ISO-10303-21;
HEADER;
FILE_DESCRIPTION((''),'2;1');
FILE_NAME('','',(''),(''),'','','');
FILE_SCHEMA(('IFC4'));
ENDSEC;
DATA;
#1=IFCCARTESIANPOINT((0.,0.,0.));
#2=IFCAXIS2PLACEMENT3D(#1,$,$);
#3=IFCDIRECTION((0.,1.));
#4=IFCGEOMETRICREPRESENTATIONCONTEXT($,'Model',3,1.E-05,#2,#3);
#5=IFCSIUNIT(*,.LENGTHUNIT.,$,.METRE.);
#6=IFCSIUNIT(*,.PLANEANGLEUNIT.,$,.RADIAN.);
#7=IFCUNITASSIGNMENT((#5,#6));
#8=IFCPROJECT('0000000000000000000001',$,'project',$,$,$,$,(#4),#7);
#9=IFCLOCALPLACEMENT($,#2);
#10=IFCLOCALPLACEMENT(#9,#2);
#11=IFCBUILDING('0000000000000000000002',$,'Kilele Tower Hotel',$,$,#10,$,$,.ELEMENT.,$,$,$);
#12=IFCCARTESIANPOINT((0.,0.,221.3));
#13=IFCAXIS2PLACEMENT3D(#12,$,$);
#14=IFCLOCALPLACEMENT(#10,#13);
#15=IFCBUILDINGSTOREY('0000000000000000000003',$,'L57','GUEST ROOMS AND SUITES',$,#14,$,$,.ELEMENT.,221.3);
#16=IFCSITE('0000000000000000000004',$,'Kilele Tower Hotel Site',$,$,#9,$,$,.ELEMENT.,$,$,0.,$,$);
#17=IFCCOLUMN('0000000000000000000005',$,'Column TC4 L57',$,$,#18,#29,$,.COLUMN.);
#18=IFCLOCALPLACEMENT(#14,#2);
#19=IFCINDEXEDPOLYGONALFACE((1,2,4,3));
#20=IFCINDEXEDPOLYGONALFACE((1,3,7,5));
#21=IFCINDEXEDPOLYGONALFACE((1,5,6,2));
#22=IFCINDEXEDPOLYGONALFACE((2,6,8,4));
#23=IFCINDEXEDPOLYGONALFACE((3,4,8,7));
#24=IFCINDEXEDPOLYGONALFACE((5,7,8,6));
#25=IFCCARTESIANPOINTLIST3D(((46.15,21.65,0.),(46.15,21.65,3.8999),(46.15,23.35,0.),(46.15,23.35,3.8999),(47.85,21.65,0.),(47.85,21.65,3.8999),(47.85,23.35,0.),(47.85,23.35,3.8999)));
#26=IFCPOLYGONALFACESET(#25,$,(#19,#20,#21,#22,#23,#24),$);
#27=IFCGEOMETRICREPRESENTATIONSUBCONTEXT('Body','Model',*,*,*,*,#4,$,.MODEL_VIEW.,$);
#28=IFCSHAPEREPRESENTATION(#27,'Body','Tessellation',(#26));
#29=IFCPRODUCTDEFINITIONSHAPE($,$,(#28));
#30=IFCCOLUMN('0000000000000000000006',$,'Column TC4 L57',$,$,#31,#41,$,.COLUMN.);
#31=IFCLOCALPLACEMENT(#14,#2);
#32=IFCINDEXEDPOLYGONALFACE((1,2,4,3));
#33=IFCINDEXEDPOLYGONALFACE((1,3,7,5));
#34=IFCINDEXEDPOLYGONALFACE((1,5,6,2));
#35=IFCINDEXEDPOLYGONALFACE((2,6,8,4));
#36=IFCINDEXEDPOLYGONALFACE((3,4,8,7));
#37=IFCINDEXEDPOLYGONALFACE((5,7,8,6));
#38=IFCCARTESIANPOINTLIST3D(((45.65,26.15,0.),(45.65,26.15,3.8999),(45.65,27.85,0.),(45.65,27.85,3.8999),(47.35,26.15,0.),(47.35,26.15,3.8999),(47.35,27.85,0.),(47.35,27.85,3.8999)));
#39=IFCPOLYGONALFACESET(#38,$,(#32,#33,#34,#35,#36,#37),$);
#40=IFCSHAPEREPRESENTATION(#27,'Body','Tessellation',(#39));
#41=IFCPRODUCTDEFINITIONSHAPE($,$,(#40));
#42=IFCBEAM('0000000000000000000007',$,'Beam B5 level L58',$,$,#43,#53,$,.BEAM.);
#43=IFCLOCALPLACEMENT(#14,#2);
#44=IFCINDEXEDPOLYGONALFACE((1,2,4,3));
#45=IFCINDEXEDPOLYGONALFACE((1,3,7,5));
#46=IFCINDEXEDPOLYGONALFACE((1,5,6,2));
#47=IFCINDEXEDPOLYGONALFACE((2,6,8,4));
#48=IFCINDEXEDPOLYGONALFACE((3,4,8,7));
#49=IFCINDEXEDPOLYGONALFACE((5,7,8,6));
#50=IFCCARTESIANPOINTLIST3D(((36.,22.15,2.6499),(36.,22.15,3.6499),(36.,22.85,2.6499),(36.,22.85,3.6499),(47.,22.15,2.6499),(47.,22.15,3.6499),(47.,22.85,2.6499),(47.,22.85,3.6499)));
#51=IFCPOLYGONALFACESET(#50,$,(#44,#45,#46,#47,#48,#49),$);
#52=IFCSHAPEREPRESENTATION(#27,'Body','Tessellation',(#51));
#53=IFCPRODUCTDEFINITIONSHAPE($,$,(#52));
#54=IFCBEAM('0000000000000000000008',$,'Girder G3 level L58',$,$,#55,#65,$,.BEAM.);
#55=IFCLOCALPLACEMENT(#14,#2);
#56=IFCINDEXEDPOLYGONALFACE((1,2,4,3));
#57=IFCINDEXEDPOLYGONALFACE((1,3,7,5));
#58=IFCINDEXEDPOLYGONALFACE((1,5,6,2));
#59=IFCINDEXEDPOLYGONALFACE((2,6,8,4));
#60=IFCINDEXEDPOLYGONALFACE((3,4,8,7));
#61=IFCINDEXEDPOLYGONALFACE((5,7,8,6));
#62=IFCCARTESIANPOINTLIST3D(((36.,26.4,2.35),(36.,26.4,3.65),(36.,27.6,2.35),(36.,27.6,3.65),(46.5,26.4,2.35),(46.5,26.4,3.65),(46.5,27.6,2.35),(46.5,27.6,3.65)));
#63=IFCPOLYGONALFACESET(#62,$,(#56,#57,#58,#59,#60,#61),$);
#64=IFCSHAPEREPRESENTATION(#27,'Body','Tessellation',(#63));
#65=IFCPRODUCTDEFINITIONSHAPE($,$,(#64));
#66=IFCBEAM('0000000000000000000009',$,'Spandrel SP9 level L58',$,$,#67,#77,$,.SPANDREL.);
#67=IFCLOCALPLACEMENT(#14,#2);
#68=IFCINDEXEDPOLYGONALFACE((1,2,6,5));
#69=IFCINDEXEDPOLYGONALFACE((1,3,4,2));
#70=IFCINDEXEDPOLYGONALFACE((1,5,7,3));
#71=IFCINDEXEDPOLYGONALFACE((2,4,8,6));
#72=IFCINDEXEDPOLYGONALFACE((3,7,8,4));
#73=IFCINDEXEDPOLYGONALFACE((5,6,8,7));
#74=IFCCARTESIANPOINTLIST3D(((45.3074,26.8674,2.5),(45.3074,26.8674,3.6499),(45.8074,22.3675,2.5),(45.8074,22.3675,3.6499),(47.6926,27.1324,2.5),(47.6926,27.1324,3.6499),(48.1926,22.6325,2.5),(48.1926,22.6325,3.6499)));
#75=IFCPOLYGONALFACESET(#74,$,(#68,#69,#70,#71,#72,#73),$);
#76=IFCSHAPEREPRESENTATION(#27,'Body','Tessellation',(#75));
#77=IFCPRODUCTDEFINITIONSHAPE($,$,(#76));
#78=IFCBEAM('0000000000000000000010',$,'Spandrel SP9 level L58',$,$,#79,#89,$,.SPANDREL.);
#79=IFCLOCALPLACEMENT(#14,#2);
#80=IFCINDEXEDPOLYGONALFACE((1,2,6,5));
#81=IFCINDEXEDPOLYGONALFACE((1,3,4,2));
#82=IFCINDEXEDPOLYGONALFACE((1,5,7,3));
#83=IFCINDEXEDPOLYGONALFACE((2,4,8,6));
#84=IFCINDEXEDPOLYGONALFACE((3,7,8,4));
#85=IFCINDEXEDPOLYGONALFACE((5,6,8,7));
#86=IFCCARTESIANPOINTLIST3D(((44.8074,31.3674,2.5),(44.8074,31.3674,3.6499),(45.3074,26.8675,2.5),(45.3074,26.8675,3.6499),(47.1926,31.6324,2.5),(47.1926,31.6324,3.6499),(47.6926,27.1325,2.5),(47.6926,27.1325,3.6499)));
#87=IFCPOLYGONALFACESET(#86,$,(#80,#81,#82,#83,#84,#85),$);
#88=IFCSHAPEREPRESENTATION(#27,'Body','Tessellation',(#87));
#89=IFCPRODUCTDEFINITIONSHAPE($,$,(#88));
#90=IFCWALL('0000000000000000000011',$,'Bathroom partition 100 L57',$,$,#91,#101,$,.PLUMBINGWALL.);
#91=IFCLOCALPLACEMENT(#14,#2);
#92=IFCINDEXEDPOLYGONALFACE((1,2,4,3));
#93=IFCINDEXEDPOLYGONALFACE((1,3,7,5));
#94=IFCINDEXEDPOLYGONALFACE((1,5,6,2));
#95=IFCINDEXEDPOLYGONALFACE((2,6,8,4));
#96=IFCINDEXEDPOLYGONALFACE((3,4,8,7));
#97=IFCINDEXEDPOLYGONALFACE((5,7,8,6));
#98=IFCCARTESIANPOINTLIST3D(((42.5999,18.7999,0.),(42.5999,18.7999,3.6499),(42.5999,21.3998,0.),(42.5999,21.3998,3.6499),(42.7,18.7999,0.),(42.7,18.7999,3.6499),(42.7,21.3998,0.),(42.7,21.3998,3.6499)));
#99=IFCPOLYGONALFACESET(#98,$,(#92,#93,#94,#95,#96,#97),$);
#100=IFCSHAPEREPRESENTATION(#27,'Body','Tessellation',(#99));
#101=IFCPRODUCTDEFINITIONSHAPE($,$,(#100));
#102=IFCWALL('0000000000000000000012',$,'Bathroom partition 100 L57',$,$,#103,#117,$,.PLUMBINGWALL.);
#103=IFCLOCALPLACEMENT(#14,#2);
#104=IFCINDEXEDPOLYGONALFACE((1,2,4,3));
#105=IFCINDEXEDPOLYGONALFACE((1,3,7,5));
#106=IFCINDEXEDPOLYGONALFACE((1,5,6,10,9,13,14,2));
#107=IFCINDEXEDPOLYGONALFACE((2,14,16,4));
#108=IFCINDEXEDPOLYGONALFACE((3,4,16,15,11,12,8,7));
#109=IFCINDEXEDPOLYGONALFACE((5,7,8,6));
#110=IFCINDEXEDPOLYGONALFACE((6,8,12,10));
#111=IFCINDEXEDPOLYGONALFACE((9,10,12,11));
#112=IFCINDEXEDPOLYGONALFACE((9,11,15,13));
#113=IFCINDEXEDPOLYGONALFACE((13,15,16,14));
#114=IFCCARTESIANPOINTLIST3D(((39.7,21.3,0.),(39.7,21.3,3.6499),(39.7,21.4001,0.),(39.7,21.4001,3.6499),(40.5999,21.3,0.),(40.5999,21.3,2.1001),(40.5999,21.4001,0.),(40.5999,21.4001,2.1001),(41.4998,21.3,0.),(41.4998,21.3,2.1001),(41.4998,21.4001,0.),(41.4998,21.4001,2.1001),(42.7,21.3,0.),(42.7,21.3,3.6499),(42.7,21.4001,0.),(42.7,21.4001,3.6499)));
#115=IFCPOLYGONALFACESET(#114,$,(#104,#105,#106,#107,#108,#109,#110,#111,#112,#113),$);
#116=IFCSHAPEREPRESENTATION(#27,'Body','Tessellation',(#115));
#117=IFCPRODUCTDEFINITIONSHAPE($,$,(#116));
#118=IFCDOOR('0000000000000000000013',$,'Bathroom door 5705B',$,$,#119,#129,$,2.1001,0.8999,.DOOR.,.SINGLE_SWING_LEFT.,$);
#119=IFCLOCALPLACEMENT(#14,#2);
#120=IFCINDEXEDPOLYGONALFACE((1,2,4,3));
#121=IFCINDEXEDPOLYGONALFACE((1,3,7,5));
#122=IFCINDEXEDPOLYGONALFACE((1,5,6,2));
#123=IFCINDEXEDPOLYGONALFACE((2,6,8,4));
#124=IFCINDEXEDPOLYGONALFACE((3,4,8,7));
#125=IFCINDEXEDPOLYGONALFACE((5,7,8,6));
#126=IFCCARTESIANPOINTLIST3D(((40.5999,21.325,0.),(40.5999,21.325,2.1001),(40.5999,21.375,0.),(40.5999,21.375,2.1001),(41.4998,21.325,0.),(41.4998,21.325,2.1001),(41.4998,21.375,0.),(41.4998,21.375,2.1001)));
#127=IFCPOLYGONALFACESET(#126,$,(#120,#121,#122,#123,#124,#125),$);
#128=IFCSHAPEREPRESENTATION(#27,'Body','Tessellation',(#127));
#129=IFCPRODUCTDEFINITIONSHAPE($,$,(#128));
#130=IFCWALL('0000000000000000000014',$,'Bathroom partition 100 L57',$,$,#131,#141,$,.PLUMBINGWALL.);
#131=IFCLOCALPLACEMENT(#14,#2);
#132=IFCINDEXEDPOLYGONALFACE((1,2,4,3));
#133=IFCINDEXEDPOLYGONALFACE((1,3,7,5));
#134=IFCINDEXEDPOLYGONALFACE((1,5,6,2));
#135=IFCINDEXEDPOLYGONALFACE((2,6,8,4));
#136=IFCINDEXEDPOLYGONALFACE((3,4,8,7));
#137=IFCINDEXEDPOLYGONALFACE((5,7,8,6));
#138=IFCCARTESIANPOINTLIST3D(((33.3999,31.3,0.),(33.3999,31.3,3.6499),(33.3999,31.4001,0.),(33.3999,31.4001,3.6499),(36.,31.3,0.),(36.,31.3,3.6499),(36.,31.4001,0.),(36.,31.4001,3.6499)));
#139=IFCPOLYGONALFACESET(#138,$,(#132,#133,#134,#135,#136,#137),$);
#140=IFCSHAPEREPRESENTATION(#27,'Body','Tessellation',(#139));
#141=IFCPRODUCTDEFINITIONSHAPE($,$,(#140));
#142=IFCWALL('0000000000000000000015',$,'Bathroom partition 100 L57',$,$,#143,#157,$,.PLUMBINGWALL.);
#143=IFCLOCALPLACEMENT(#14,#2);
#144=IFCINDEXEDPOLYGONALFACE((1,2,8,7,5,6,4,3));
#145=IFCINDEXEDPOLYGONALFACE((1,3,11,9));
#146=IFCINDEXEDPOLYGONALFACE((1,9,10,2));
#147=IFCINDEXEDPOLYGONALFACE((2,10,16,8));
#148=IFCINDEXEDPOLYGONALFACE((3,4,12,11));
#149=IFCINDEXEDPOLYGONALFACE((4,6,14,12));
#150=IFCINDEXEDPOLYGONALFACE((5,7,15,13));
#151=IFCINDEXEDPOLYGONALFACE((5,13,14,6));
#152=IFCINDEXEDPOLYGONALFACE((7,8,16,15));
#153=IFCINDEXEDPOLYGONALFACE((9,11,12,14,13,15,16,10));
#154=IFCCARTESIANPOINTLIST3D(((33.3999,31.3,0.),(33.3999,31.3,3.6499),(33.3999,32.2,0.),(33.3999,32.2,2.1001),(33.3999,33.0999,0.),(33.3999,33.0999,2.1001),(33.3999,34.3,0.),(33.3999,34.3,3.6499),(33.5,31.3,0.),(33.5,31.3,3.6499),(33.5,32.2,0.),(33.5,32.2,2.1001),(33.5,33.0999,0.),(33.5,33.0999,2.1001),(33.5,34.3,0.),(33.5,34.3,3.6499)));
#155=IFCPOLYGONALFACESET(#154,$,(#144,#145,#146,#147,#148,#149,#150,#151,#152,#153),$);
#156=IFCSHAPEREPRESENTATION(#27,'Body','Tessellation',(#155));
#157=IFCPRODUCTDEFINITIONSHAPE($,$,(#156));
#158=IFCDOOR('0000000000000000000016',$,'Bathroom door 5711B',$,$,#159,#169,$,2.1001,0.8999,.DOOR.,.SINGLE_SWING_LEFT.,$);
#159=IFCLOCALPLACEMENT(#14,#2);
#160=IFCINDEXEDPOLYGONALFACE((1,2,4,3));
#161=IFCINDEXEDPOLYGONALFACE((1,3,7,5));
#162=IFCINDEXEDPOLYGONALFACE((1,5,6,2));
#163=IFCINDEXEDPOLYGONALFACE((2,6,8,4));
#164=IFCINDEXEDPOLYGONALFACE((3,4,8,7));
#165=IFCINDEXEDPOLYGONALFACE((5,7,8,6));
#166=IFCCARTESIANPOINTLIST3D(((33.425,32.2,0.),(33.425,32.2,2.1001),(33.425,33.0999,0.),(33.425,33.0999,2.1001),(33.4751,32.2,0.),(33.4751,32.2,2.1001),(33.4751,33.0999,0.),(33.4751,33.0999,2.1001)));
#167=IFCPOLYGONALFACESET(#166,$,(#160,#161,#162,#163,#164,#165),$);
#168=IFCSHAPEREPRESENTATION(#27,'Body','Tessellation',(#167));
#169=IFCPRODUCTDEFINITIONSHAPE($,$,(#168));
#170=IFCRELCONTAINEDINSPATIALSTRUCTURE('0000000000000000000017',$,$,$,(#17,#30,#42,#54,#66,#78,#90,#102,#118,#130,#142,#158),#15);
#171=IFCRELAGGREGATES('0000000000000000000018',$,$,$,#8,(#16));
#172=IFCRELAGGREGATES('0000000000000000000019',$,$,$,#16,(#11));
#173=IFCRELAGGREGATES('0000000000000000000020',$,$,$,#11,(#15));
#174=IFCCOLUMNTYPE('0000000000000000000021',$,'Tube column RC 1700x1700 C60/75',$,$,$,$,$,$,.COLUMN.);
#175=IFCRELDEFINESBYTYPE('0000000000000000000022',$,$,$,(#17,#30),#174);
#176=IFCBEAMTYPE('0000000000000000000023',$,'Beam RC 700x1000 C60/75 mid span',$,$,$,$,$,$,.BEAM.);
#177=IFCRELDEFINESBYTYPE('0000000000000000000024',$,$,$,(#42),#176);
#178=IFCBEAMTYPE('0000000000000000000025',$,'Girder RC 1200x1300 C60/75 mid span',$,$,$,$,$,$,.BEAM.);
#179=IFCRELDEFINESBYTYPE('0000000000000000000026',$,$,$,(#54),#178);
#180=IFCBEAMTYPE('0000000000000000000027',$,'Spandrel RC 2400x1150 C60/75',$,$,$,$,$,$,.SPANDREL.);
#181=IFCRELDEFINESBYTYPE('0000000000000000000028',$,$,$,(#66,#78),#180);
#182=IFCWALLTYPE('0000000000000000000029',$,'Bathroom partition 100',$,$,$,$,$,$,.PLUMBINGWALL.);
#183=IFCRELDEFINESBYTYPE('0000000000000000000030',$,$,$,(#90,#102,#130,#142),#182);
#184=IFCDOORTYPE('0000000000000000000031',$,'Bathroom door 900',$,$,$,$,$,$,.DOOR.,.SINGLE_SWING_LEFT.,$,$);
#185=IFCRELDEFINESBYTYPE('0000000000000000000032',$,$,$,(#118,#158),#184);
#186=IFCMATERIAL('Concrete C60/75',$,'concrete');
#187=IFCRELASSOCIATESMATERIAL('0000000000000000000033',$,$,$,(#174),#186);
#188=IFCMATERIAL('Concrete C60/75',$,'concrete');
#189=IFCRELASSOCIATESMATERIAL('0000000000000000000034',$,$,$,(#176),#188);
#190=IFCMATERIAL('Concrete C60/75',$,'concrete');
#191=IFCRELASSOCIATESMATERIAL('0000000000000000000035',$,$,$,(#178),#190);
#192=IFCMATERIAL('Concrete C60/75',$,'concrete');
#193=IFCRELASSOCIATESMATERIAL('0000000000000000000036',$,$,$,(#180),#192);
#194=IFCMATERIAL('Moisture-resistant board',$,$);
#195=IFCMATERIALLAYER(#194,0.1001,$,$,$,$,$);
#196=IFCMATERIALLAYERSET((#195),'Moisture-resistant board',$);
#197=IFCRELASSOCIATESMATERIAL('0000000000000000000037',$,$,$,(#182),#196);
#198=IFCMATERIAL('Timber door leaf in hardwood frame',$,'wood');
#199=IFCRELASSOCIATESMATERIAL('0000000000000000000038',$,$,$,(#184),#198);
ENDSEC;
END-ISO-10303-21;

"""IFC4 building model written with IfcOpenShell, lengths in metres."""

from ifc_helpers import new_model, si_unit, direction, frame, frame_2d, origin, origin_2d, place, context, subcontext, project, spatial, rectangle, extrude, material, layer, layer_set, material_profile, profile_set, type_object, element, fill, save


model = new_model("IFC4")

# Units and contexts
model_context = context("Model", 3, precision=1e-05, world=origin(), true_north=direction((0.0, 1.0)))
body_context = subcontext(model_context, "Body", "Model", "MODEL_VIEW")
ifc_project = project(units=[si_unit("LENGTHUNIT", "METRE"), si_unit("PLANEANGLEUNIT", "RADIAN")], contexts=[model_context])

# Site, building, storey
site_placement = place(None, origin())
site = spatial("IfcSite", under=ifc_project, at=site_placement, Name="Kilele Tower Hotel Site", CompositionType="ELEMENT", RefElevation=0.0)
building_placement = place(site_placement, origin())
building = spatial("IfcBuilding", under=site, at=building_placement, Name="Kilele Tower Hotel", CompositionType="ELEMENT")
storey_placement = place(building_placement, frame((0.0, 0.0, 221.3)))
storey = spatial("IfcBuildingStorey", under=building, at=storey_placement, Name="L57", Description="GUEST ROOMS AND SUITES", CompositionType="ELEMENT", Elevation=221.3)

# Columns
ifc_material_1 = material(Name="Concrete C60/75", Category="concrete")
ifc_material_profile_1 = material_profile(ifc_material_1, rectangle(XDim=1.7, YDim=1.7, at=origin_2d()))
ifc_profile_set_1 = profile_set([ifc_material_profile_1], Name="Concrete C60/75")
column_type = type_object("IfcColumnType", Name="Tube column RC 1700x1700 C60/75", PredefinedType="COLUMN", material=ifc_profile_set_1)
for number, where, z_axis, x_axis, name in (
    (1, (47.0, 22.5, 0.0), (0.0, 0.0, 1.0), (1.0, 0.0, 0.0), "Column TC4 L57"),
    (2, (46.5, 27.0, 0.0), (0.0, 0.0, 1.0), (1.0, 0.0, 0.0), "Column TC4 L57"),
):
    element("IfcColumn", number, at=place(storey_placement, frame(where, z_axis=z_axis, x_axis=x_axis)), inside=storey, type_object=column_type, Name=name, PredefinedType="COLUMN", context=body_context, shape_type="SweptSolid", body=[
        extrude(rectangle(XDim=1.7, YDim=1.7, at=origin_2d()), origin(), (0.0, 0.0, 1.0), 3.8999),
    ])

# Beams
ifc_material_2 = material(Name="Concrete C60/75", Category="concrete")
ifc_material_profile_2 = material_profile(ifc_material_2, rectangle(XDim=0.7, YDim=1.0, at=origin_2d()))
ifc_profile_set_2 = profile_set([ifc_material_profile_2], Name="Concrete C60/75")
beam_type_1 = type_object("IfcBeamType", Name="Beam RC 700x1000 C60/75 mid span", PredefinedType="BEAM", material=ifc_profile_set_2)
beam_1_placement = place(storey_placement, frame((47.0, 22.5, 3.1499), z_axis=(-1.0, 0.0, 0.0), x_axis=(0.0, -1.0, 0.0)))
element("IfcBeam", 3, at=beam_1_placement, inside=storey, type_object=beam_type_1, Name="Beam B5 level L58", PredefinedType="BEAM", context=body_context, shape_type="SweptSolid", body=[
    extrude(rectangle(XDim=0.7, YDim=1.0, at=origin_2d()), origin(), (0.0, 0.0, 1.0), 11.0),
])
ifc_material_3 = material(Name="Concrete C60/75", Category="concrete")
ifc_material_profile_3 = material_profile(ifc_material_3, rectangle(XDim=1.2, YDim=1.3, at=origin_2d()))
ifc_profile_set_3 = profile_set([ifc_material_profile_3], Name="Concrete C60/75")
beam_type_2 = type_object("IfcBeamType", Name="Girder RC 1200x1300 C60/75 mid span", PredefinedType="BEAM", material=ifc_profile_set_3)
beam_2_placement = place(storey_placement, frame((46.5, 27.0, 3.0), z_axis=(-1.0, 0.0, 0.0), x_axis=(0.0, -1.0, 0.0)))
element("IfcBeam", 4, at=beam_2_placement, inside=storey, type_object=beam_type_2, Name="Girder G3 level L58", PredefinedType="BEAM", context=body_context, shape_type="SweptSolid", body=[
    extrude(rectangle(XDim=1.2, YDim=1.3, at=origin_2d()), origin(), (0.0, 0.0, 1.0), 10.5),
])
ifc_material_4 = material(Name="Concrete C60/75", Category="concrete")
ifc_material_profile_4 = material_profile(ifc_material_4, rectangle(XDim=2.3999, YDim=1.1499, at=origin_2d()))
ifc_profile_set_4 = profile_set([ifc_material_profile_4], Name="Concrete C60/75")
beam_type_3 = type_object("IfcBeamType", Name="Spandrel RC 2400x1150 C60/75", PredefinedType="SPANDREL", material=ifc_profile_set_4)
for number, where, z_axis, x_axis, name in (
    (5, (47.0, 22.5, 3.075), (-0.110432, 0.993884, 0.0), (-0.993884, -0.110432, 0.0), "Spandrel SP9 level L58"),
    (6, (46.5, 27.0, 3.075), (-0.110432, 0.993884, 0.0), (-0.993884, -0.110432, 0.0), "Spandrel SP9 level L58"),
):
    element("IfcBeam", number, at=place(storey_placement, frame(where, z_axis=z_axis, x_axis=x_axis)), inside=storey, type_object=beam_type_3, Name=name, PredefinedType="SPANDREL", context=body_context, shape_type="SweptSolid", body=[
        extrude(rectangle(XDim=2.3999, YDim=1.1499, at=origin_2d()), origin(), (0.0, 0.0, 1.0), 4.5276),
    ])

# Wall
ifc_material_5 = material(Name="Moisture-resistant board")
ifc_layer_1 = layer(ifc_material_5, 0.1001)
ifc_layer_set_1 = layer_set([ifc_layer_1], Name="Moisture-resistant board")
wall_type_1 = type_object("IfcWallType", Name="Bathroom partition 100", PredefinedType="PLUMBINGWALL", material=ifc_layer_set_1)
wall_1_placement = place(storey_placement, frame((42.6499, 18.8, 0.0), z_axis=(0.0, 0.0, 1.0), x_axis=(0.0, 1.0, 0.0)))
element("IfcWall", 7, at=wall_1_placement, inside=storey, type_object=wall_type_1, Name="Bathroom partition 100 L57", PredefinedType="PLUMBINGWALL", context=body_context, shape_type="SweptSolid", body=[
    extrude(rectangle(XDim=2.5999, YDim=0.1001, at=frame_2d((1.2998, 0.0))), origin(), (0.0, 0.0, 1.0), 3.6499),
])

# Wall, opening, door
wall_2_placement = place(storey_placement, frame((39.7, 21.3501, 0.0), z_axis=(0.0, 0.0, 1.0), x_axis=(1.0, 0.0, 0.0)))
wall_2 = element("IfcWall", 8, at=wall_2_placement, inside=storey, type_object=wall_type_1, Name="Bathroom partition 100 L57", PredefinedType="PLUMBINGWALL", context=body_context, shape_type="SweptSolid", body=[
    extrude(rectangle(XDim=3.0, YDim=0.1001, at=frame_2d((1.5, 0.0))), origin(), (0.0, 0.0, 1.0), 3.6499),
])
opening_1_placement = place(wall_2_placement, frame((0.8999, 0.0, 0.0)))
opening_1 = element("IfcOpeningElement", 9, at=opening_1_placement, cuts=wall_2, PredefinedType="OPENING", context=body_context, shape_type="SweptSolid", body=[
    extrude(rectangle(XDim=0.8999, YDim=2.1001, at=frame_2d((0.45, 1.05))), frame((0.0, 0.0601, 0.0), z_axis=(0.0, -1.0, 0.0), x_axis=(1.0, 0.0, 0.0)), (0.0, 0.0, 1.0), 0.1201),
])
ifc_material_6 = material(Name="Timber door leaf in hardwood frame", Category="wood")
door_type_1 = type_object("IfcDoorType", Name="Bathroom door 900", OperationType="SINGLE_SWING_LEFT", PredefinedType="DOOR", material=ifc_material_6)
door_1_placement = place(opening_1_placement, origin())
door_1 = element("IfcDoor", 10, at=door_1_placement, inside=storey, type_object=door_type_1, Name="Bathroom door 5705B", OperationType="SINGLE_SWING_LEFT", OverallHeight=2.1001, OverallWidth=0.8999, PredefinedType="DOOR", context=body_context, shape_type="SweptSolid", body=[
    extrude(rectangle(XDim=0.8999, YDim=2.1001, at=frame_2d((0.45, 1.05))), frame((0.0, 0.0249, 0.0), z_axis=(0.0, -1.0, 0.0), x_axis=(1.0, 0.0, 0.0)), (0.0, 0.0, 1.0), 0.05),
])
fill(opening_1, door_1)

# Wall
wall_3_placement = place(storey_placement, frame((33.3999, 31.3501, 0.0), z_axis=(0.0, 0.0, 1.0), x_axis=(1.0, 0.0, 0.0)))
element("IfcWall", 11, at=wall_3_placement, inside=storey, type_object=wall_type_1, Name="Bathroom partition 100 L57", PredefinedType="PLUMBINGWALL", context=body_context, shape_type="SweptSolid", body=[
    extrude(rectangle(XDim=2.6001, YDim=0.1001, at=frame_2d((1.3, 0.0))), origin(), (0.0, 0.0, 1.0), 3.6499),
])

# Wall, opening, door
wall_4_placement = place(storey_placement, frame((33.45, 31.3, 0.0), z_axis=(0.0, 0.0, 1.0), x_axis=(0.0, 1.0, 0.0)))
wall_4 = element("IfcWall", 12, at=wall_4_placement, inside=storey, type_object=wall_type_1, Name="Bathroom partition 100 L57", PredefinedType="PLUMBINGWALL", context=body_context, shape_type="SweptSolid", body=[
    extrude(rectangle(XDim=3.0, YDim=0.1001, at=frame_2d((1.5, 0.0))), origin(), (0.0, 0.0, 1.0), 3.6499),
])
opening_2_placement = place(wall_4_placement, frame((0.8999, 0.0, 0.0)))
opening_2 = element("IfcOpeningElement", 13, at=opening_2_placement, cuts=wall_4, PredefinedType="OPENING", context=body_context, shape_type="SweptSolid", body=[
    extrude(rectangle(XDim=0.8999, YDim=2.1001, at=frame_2d((0.45, 1.05))), frame((0.0, 0.0601, 0.0), z_axis=(0.0, -1.0, 0.0), x_axis=(1.0, 0.0, 0.0)), (0.0, 0.0, 1.0), 0.1201),
])
door_2_placement = place(opening_2_placement, origin())
door_2 = element("IfcDoor", 14, at=door_2_placement, inside=storey, type_object=door_type_1, Name="Bathroom door 5711B", OperationType="SINGLE_SWING_LEFT", OverallHeight=2.1001, OverallWidth=0.8999, PredefinedType="DOOR", context=body_context, shape_type="SweptSolid", body=[
    extrude(rectangle(XDim=0.8999, YDim=2.1001, at=frame_2d((0.45, 1.05))), frame((0.0, 0.0249, 0.0), z_axis=(0.0, -1.0, 0.0), x_axis=(1.0, 0.0, 0.0)), (0.0, 0.0, 1.0), 0.05),
])
fill(opening_2, door_2)

save(model, "model.ifc")
